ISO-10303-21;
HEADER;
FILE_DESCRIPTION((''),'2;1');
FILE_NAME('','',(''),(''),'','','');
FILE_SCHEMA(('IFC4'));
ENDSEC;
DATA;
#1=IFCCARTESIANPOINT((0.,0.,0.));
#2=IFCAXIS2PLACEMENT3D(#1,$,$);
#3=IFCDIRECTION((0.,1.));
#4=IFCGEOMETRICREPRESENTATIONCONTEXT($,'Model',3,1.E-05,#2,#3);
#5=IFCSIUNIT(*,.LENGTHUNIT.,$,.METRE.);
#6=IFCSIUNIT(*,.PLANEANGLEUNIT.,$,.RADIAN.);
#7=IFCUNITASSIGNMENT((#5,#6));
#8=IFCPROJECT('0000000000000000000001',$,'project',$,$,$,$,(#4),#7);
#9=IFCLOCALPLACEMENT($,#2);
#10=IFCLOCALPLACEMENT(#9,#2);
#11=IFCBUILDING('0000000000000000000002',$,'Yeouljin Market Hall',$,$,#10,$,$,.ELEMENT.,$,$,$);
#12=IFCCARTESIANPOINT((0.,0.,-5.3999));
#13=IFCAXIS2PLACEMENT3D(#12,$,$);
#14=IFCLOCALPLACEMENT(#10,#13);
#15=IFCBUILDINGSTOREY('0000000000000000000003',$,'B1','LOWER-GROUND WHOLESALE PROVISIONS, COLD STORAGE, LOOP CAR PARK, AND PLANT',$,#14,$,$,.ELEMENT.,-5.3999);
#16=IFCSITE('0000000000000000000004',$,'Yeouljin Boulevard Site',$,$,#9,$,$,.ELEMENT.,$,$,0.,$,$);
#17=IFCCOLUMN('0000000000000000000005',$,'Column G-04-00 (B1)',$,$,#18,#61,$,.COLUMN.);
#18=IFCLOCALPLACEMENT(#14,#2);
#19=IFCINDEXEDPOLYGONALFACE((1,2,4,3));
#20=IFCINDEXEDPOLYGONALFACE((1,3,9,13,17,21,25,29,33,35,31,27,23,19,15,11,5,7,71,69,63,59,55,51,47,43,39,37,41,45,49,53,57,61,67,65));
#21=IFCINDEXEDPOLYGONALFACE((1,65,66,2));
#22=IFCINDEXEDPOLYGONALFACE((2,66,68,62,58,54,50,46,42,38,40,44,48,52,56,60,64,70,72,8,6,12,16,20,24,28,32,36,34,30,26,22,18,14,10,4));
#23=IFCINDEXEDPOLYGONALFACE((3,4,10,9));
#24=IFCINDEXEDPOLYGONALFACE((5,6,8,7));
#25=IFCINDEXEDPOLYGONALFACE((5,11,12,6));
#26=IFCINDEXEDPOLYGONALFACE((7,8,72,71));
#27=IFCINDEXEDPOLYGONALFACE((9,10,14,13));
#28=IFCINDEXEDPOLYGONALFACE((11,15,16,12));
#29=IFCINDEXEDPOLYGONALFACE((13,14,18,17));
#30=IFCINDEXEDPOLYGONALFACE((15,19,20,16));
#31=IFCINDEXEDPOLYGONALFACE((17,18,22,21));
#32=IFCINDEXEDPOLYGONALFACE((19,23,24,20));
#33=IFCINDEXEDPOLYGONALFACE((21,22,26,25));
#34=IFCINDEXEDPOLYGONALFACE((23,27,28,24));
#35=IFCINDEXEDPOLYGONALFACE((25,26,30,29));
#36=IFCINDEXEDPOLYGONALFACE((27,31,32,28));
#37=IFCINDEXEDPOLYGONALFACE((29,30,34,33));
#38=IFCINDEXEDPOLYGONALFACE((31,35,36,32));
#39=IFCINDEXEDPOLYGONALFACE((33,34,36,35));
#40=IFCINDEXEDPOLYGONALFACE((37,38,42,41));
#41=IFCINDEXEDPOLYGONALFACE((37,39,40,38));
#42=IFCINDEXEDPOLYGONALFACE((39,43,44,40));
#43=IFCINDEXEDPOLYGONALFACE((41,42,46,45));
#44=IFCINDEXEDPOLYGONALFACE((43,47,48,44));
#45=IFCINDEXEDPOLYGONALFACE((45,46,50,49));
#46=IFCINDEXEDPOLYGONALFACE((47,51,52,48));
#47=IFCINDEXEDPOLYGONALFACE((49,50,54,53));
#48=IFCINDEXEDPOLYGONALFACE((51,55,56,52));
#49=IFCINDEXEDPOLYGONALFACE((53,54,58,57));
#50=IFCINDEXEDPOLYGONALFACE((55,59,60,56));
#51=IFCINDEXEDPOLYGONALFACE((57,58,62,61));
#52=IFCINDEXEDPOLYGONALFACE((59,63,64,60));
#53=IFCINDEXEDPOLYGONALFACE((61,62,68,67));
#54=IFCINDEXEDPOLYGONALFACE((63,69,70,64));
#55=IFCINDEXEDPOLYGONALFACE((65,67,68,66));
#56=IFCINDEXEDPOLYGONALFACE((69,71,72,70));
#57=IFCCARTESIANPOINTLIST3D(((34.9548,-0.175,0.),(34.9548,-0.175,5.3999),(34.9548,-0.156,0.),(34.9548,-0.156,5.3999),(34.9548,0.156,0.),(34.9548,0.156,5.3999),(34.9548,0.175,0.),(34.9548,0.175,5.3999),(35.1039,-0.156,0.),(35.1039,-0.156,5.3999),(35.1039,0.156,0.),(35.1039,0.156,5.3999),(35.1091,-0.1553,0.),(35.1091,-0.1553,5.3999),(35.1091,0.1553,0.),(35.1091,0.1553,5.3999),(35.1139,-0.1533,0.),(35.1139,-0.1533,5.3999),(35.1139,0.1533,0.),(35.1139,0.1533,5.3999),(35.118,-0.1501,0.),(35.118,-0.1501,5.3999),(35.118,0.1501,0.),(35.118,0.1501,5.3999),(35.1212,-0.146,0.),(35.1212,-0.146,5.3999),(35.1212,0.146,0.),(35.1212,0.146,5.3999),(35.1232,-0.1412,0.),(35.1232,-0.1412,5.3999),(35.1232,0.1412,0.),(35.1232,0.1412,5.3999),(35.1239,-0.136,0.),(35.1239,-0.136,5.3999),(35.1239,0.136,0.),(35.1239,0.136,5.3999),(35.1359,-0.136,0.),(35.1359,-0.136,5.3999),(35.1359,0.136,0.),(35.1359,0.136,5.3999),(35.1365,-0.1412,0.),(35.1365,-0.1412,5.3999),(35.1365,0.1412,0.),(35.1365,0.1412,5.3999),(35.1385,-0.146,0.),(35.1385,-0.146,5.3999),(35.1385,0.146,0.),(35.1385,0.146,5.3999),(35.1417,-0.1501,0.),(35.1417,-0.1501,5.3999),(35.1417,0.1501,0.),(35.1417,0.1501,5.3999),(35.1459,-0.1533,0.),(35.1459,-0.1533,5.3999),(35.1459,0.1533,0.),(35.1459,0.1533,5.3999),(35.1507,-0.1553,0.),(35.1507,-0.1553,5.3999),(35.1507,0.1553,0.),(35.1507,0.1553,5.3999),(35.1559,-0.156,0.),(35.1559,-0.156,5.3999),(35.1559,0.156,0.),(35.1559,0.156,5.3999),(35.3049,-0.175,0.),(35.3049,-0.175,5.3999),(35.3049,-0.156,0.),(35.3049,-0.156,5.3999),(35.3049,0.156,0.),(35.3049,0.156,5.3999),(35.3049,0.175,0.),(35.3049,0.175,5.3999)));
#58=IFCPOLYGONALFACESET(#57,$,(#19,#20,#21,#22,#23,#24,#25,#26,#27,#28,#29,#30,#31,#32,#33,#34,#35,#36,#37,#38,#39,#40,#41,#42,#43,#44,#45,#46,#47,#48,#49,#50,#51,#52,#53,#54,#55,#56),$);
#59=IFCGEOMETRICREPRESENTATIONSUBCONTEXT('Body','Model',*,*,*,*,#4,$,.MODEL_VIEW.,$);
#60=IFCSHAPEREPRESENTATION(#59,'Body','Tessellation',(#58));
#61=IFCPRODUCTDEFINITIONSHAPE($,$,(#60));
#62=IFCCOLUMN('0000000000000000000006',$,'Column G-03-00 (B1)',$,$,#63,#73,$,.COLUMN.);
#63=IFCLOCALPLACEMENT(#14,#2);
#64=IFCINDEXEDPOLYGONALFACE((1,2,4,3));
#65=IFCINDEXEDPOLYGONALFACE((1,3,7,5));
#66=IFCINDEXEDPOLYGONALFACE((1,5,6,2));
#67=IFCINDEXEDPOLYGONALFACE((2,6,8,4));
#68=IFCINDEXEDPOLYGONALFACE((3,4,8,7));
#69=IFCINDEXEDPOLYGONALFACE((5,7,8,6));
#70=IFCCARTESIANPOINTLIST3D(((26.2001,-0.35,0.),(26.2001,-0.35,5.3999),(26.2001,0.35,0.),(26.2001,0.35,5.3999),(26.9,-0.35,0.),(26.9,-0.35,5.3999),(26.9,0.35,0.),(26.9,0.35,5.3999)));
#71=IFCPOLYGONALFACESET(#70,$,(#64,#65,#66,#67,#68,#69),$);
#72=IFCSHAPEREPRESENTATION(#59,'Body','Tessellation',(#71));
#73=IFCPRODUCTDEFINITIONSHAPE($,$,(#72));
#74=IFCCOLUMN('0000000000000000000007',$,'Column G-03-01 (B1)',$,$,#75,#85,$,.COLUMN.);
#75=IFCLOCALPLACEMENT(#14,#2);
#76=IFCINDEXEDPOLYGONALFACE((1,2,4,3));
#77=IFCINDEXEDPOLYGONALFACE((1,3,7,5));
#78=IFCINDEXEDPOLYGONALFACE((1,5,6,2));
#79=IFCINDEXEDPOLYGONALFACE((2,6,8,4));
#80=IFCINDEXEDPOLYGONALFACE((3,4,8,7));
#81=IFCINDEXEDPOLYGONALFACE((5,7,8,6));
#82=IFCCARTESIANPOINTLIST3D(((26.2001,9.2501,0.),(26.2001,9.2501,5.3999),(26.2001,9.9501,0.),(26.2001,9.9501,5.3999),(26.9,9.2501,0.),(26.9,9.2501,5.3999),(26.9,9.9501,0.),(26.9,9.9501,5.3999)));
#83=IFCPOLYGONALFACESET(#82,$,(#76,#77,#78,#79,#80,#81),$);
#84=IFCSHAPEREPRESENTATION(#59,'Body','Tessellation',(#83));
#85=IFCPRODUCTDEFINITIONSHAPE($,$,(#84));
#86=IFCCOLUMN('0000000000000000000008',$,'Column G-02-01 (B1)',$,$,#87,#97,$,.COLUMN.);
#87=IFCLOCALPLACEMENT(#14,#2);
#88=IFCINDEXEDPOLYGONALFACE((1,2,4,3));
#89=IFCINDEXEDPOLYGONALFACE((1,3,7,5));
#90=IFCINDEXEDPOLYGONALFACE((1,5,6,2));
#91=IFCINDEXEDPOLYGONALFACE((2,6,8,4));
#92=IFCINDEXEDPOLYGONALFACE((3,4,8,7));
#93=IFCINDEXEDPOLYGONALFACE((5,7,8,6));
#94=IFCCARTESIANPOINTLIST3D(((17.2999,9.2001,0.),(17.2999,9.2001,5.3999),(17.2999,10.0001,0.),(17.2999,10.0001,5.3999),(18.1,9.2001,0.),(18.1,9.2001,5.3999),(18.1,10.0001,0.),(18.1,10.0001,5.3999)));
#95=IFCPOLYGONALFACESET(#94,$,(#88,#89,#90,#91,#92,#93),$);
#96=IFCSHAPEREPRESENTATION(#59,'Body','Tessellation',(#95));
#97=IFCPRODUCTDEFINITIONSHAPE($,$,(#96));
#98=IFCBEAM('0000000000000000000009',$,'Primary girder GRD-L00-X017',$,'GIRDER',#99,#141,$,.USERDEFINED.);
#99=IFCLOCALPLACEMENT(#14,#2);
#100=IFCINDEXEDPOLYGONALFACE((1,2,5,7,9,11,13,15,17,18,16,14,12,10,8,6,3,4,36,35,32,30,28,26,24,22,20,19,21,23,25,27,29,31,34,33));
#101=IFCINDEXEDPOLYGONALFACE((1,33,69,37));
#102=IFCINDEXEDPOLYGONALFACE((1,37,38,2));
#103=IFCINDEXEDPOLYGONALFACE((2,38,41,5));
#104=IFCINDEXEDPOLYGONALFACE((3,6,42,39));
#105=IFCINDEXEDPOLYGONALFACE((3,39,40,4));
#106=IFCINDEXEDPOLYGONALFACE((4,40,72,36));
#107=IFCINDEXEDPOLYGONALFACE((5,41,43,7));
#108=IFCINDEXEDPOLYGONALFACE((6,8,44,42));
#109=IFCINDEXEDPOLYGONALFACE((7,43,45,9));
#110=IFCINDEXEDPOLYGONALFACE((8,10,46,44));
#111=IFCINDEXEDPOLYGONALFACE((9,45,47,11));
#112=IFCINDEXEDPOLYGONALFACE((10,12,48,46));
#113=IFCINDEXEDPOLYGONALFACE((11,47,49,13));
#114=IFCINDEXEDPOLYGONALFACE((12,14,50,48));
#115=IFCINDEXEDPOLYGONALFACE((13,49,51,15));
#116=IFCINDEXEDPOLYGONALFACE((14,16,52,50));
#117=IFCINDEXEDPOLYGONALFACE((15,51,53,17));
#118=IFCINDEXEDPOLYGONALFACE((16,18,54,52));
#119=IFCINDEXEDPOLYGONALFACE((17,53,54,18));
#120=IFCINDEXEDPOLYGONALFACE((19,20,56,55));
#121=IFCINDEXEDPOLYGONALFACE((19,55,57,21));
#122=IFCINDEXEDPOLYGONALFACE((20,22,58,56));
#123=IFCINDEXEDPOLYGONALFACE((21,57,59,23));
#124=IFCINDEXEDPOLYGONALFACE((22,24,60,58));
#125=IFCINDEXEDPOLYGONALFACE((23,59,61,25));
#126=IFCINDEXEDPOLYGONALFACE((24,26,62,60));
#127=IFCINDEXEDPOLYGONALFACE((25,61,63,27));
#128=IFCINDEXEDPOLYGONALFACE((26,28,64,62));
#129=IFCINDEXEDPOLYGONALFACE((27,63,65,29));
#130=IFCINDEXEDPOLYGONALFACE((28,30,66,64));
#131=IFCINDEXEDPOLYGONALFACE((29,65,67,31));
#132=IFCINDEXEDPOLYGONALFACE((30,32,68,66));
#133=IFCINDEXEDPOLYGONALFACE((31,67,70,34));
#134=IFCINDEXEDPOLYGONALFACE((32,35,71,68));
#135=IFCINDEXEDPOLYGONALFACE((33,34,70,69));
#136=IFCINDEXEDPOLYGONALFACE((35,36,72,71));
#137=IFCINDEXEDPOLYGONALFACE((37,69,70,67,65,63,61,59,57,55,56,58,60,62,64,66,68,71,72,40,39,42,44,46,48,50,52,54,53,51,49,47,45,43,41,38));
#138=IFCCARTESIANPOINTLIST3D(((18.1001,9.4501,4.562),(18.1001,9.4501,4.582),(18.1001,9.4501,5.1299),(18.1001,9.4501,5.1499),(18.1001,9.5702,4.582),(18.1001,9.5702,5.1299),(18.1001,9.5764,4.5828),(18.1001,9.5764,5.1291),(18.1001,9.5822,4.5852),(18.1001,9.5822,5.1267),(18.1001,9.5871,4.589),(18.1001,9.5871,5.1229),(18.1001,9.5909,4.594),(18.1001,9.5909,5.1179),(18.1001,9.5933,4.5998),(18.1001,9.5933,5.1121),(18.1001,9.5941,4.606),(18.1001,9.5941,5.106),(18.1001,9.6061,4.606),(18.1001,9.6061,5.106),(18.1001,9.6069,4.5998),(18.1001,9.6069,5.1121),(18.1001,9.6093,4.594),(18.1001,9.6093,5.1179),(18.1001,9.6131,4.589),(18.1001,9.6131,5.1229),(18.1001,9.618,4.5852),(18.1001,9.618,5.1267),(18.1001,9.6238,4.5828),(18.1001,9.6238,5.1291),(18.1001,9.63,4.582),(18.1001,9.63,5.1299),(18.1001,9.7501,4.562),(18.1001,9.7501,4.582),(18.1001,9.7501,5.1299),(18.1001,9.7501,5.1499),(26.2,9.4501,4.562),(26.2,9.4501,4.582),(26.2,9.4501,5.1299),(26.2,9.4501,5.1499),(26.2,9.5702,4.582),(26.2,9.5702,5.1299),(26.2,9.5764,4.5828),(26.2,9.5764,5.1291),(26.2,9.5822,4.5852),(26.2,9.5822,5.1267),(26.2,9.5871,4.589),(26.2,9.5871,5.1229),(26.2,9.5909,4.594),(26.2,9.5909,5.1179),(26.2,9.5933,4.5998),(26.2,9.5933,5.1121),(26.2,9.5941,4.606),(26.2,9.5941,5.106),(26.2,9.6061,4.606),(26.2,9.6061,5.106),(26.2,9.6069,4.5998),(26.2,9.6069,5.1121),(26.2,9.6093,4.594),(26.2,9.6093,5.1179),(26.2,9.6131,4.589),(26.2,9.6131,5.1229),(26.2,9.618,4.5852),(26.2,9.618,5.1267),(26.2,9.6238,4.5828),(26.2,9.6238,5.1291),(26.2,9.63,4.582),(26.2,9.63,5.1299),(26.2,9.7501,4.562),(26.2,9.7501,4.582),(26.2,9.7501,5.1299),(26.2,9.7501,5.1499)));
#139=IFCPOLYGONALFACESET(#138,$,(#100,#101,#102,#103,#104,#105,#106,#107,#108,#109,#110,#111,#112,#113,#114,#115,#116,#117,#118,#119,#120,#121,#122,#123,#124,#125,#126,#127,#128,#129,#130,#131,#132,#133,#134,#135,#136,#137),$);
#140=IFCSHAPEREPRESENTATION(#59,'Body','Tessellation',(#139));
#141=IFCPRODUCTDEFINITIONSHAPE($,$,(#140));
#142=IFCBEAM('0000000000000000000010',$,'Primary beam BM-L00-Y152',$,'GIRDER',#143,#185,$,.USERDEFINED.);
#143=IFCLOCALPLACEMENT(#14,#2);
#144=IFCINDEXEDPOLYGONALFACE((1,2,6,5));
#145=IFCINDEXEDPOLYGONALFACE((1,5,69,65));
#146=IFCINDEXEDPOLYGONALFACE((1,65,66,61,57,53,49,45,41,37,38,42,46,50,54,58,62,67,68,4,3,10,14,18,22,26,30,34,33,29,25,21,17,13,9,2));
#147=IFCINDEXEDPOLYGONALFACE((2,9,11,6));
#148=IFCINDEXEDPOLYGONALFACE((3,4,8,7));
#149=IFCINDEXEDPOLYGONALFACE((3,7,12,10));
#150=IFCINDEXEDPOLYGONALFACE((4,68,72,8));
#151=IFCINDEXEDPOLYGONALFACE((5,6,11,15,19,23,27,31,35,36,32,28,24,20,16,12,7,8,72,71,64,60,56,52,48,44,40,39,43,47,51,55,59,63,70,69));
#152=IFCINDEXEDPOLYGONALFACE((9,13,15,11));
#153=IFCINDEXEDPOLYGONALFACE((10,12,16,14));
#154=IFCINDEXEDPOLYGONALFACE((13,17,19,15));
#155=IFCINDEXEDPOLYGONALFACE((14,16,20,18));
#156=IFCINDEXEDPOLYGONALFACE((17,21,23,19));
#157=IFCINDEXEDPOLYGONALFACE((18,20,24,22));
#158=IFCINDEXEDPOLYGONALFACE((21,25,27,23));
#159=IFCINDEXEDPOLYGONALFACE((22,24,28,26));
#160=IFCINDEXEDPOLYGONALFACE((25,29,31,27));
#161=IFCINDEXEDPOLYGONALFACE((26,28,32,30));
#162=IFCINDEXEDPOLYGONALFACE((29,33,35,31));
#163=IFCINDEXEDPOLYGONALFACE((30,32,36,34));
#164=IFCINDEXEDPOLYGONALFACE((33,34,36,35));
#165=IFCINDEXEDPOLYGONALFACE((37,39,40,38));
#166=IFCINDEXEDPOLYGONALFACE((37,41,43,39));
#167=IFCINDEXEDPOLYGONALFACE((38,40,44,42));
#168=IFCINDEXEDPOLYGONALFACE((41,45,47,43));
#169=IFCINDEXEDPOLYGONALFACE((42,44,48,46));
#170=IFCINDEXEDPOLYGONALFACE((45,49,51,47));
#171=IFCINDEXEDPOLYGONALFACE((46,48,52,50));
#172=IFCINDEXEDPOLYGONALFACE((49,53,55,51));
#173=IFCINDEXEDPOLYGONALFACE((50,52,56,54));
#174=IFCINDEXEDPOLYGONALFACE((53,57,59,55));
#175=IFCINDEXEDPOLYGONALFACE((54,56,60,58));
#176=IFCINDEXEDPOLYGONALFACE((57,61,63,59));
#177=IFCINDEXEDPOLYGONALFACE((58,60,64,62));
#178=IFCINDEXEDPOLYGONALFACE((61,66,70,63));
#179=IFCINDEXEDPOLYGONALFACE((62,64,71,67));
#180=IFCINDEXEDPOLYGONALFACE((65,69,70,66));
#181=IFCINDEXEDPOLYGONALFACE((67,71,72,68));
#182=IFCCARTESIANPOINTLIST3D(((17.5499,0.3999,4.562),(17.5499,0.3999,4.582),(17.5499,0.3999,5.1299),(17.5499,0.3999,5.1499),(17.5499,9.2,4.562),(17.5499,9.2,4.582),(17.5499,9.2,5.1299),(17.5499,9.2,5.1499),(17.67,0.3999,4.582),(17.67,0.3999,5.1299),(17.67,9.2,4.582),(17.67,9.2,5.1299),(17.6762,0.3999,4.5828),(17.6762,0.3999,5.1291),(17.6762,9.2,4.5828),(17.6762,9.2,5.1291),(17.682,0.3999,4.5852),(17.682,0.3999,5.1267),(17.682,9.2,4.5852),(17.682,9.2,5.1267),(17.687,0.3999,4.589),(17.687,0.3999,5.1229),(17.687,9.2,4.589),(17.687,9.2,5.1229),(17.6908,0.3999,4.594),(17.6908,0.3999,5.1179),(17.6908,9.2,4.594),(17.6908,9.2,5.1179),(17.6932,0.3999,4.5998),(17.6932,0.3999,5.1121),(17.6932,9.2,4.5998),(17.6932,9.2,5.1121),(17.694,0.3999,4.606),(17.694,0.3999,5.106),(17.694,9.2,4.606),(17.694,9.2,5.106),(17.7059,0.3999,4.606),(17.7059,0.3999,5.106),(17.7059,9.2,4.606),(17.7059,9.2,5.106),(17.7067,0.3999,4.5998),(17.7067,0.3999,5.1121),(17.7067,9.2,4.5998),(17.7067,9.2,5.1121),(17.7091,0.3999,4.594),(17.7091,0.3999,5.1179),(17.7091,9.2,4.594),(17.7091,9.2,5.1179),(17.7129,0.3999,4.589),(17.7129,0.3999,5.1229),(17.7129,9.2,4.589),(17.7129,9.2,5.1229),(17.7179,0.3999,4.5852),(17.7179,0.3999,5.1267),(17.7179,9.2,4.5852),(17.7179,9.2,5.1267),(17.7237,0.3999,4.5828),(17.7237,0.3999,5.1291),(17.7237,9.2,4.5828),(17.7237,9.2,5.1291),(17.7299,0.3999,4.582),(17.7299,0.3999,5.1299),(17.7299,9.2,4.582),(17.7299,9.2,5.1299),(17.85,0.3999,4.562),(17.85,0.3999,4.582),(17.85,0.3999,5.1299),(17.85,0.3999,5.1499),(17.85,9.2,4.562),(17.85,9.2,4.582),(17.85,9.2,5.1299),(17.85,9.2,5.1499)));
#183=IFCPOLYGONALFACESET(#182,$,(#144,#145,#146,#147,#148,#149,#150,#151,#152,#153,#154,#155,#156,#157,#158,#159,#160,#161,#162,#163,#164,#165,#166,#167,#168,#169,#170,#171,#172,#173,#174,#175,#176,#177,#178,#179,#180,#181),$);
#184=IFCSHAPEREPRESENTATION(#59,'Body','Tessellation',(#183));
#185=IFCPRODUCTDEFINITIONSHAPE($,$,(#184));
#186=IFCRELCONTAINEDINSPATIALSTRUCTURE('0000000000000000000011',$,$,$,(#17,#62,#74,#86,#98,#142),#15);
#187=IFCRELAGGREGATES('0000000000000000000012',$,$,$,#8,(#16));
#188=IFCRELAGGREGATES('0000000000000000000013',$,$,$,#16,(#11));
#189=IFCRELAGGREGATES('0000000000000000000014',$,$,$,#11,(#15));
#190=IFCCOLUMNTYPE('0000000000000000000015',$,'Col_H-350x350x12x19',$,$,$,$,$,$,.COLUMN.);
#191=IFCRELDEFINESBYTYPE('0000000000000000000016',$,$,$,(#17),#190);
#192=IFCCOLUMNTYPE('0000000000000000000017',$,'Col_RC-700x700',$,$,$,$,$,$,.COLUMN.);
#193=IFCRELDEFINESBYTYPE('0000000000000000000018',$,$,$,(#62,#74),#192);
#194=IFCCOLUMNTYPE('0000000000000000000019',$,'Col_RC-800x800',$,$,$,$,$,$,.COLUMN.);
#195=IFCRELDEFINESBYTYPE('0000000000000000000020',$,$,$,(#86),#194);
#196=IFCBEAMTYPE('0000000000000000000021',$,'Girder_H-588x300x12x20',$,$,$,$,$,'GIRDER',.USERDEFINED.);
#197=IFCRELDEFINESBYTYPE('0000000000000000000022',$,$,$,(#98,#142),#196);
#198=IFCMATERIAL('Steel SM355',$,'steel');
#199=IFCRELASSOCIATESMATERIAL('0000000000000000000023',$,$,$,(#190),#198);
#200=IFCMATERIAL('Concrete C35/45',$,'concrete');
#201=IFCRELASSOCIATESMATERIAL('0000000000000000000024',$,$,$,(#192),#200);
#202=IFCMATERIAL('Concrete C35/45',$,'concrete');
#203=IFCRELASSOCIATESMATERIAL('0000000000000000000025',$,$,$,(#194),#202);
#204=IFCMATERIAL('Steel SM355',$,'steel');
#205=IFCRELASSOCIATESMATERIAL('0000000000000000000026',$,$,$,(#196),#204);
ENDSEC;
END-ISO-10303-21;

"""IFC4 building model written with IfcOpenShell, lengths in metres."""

from ifc_helpers import new_model, si_unit, direction, frame, origin, origin_2d, place, context, subcontext, project, spatial, rectangle, i_section, extrude, material, material_profile, profile_set, type_object, element, save


model = new_model("IFC4")

# Units and contexts
model_context = context("Model", 3, precision=1e-05, world=origin(), true_north=direction((0.0, 1.0)))
body_context = subcontext(model_context, "Body", "Model", "MODEL_VIEW")
ifc_project = project(units=[si_unit("LENGTHUNIT", "METRE"), si_unit("PLANEANGLEUNIT", "RADIAN")], contexts=[model_context])

# Site, building, storey
site_placement = place(None, origin())
site = spatial("IfcSite", under=ifc_project, at=site_placement, Name="Yeouljin Boulevard Site", CompositionType="ELEMENT", RefElevation=0.0)
building_placement = place(site_placement, origin())
building = spatial("IfcBuilding", under=site, at=building_placement, Name="Yeouljin Market Hall", CompositionType="ELEMENT")
storey_placement = place(building_placement, frame((0.0, 0.0, -5.3999)))
storey = spatial("IfcBuildingStorey", under=building, at=storey_placement, Name="B1", Description="LOWER-GROUND WHOLESALE PROVISIONS, COLD STORAGE, LOOP CAR PARK, AND PLANT", CompositionType="ELEMENT", Elevation=-5.3999)

# Columns
ifc_material_1 = material(Name="Steel SM355", Category="steel")
ifc_material_profile_1 = material_profile(ifc_material_1, i_section(OverallWidth=0.3501, OverallDepth=0.3501, WebThickness=0.012, FlangeThickness=0.019, FilletRadius=0.02, at=origin_2d()), Name="H-350x350x12x19")
ifc_profile_set_1 = profile_set([ifc_material_profile_1], Name="Steel SM355")
column_type_1 = type_object("IfcColumnType", Name="Col_H-350x350x12x19", PredefinedType="COLUMN", material=ifc_profile_set_1)
column_1_placement = place(storey_placement, frame((35.1299, 0.0, 0.0), z_axis=(0.0, 0.0, 1.0), x_axis=(1.0, 0.0, 0.0)))
element("IfcColumn", 1, at=column_1_placement, inside=storey, type_object=column_type_1, Name="Column G-04-00 (B1)", PredefinedType="COLUMN", context=body_context, shape_type="SweptSolid", body=[
    extrude(i_section(OverallWidth=0.3501, OverallDepth=0.3501, WebThickness=0.012, FlangeThickness=0.019, FilletRadius=0.02, at=origin_2d()), origin(), (0.0, 0.0, 1.0), 5.3999),
])
ifc_material_2 = material(Name="Concrete C35/45", Category="concrete")
ifc_material_profile_2 = material_profile(ifc_material_2, rectangle(XDim=0.7, YDim=0.7, at=origin_2d()), Name="RC-700x700")
ifc_profile_set_2 = profile_set([ifc_material_profile_2], Name="Concrete C35/45")
column_type_2 = type_object("IfcColumnType", Name="Col_RC-700x700", PredefinedType="COLUMN", material=ifc_profile_set_2)
for number, where, z_axis, x_axis, name in (
    (2, (26.55, 0.0, 0.0), (0.0, 0.0, 1.0), (1.0, 0.0, 0.0), "Column G-03-00 (B1)"),
    (3, (26.55, 9.6001, 0.0), (0.0, 0.0, 1.0), (1.0, 0.0, 0.0), "Column G-03-01 (B1)"),
):
    element("IfcColumn", number, at=place(storey_placement, frame(where, z_axis=z_axis, x_axis=x_axis)), inside=storey, type_object=column_type_2, Name=name, PredefinedType="COLUMN", context=body_context, shape_type="SweptSolid", body=[
        extrude(rectangle(XDim=0.7, YDim=0.7, at=origin_2d()), origin(), (0.0, 0.0, 1.0), 5.3999),
    ])
ifc_material_3 = material(Name="Concrete C35/45", Category="concrete")
ifc_material_profile_3 = material_profile(ifc_material_3, rectangle(XDim=0.8, YDim=0.8, at=origin_2d()), Name="RC-800x800")
ifc_profile_set_3 = profile_set([ifc_material_profile_3], Name="Concrete C35/45")
column_type_3 = type_object("IfcColumnType", Name="Col_RC-800x800", PredefinedType="COLUMN", material=ifc_profile_set_3)
column_2_placement = place(storey_placement, frame((17.7, 9.6001, 0.0), z_axis=(0.0, 0.0, 1.0), x_axis=(1.0, 0.0, 0.0)))
element("IfcColumn", 4, at=column_2_placement, inside=storey, type_object=column_type_3, Name="Column G-02-01 (B1)", PredefinedType="COLUMN", context=body_context, shape_type="SweptSolid", body=[
    extrude(rectangle(XDim=0.8, YDim=0.8, at=origin_2d()), origin(), (0.0, 0.0, 1.0), 5.3999),
])

# Beams
ifc_material_4 = material(Name="Steel SM355", Category="steel")
ifc_material_profile_4 = material_profile(ifc_material_4, i_section(OverallWidth=0.3, OverallDepth=0.5879, WebThickness=0.012, FlangeThickness=0.02, FilletRadius=0.0239, at=origin_2d()), Name="H-588x300x12x20")
ifc_profile_set_4 = profile_set([ifc_material_profile_4], Name="Steel SM355")
beam_type_1 = type_object("IfcBeamType", Name="Girder_H-588x300x12x20", ElementType="GIRDER", PredefinedType="USERDEFINED", material=ifc_profile_set_4)
beam_1_placement = place(storey_placement, frame((18.1001, 9.6001, 4.856), z_axis=(1.0, 0.0, 0.0), x_axis=(0.0, 1.0, 0.0)))
element("IfcBeam", 5, at=beam_1_placement, inside=storey, type_object=beam_type_1, Name="Primary girder GRD-L00-X017", ObjectType="GIRDER", PredefinedType="USERDEFINED", context=body_context, shape_type="SweptSolid", body=[
    extrude(i_section(OverallWidth=0.3, OverallDepth=0.5879, WebThickness=0.012, FlangeThickness=0.02, FilletRadius=0.0239, at=origin_2d()), origin(), (0.0, 0.0, 1.0), 8.0999),
])
beam_2_placement = place(storey_placement, frame((17.7, 0.3999, 4.856), z_axis=(0.0, 1.0, 0.0), x_axis=(-1.0, 0.0, 0.0)))
element("IfcBeam", 6, at=beam_2_placement, inside=storey, type_object=beam_type_1, Name="Primary beam BM-L00-Y152", ObjectType="GIRDER", PredefinedType="USERDEFINED", context=body_context, shape_type="SweptSolid", body=[
    extrude(i_section(OverallWidth=0.3, OverallDepth=0.5879, WebThickness=0.012, FlangeThickness=0.02, FilletRadius=0.0239, at=origin_2d()), origin(), (0.0, 0.0, 1.0), 8.8),
])

save(model, "model.ifc")
